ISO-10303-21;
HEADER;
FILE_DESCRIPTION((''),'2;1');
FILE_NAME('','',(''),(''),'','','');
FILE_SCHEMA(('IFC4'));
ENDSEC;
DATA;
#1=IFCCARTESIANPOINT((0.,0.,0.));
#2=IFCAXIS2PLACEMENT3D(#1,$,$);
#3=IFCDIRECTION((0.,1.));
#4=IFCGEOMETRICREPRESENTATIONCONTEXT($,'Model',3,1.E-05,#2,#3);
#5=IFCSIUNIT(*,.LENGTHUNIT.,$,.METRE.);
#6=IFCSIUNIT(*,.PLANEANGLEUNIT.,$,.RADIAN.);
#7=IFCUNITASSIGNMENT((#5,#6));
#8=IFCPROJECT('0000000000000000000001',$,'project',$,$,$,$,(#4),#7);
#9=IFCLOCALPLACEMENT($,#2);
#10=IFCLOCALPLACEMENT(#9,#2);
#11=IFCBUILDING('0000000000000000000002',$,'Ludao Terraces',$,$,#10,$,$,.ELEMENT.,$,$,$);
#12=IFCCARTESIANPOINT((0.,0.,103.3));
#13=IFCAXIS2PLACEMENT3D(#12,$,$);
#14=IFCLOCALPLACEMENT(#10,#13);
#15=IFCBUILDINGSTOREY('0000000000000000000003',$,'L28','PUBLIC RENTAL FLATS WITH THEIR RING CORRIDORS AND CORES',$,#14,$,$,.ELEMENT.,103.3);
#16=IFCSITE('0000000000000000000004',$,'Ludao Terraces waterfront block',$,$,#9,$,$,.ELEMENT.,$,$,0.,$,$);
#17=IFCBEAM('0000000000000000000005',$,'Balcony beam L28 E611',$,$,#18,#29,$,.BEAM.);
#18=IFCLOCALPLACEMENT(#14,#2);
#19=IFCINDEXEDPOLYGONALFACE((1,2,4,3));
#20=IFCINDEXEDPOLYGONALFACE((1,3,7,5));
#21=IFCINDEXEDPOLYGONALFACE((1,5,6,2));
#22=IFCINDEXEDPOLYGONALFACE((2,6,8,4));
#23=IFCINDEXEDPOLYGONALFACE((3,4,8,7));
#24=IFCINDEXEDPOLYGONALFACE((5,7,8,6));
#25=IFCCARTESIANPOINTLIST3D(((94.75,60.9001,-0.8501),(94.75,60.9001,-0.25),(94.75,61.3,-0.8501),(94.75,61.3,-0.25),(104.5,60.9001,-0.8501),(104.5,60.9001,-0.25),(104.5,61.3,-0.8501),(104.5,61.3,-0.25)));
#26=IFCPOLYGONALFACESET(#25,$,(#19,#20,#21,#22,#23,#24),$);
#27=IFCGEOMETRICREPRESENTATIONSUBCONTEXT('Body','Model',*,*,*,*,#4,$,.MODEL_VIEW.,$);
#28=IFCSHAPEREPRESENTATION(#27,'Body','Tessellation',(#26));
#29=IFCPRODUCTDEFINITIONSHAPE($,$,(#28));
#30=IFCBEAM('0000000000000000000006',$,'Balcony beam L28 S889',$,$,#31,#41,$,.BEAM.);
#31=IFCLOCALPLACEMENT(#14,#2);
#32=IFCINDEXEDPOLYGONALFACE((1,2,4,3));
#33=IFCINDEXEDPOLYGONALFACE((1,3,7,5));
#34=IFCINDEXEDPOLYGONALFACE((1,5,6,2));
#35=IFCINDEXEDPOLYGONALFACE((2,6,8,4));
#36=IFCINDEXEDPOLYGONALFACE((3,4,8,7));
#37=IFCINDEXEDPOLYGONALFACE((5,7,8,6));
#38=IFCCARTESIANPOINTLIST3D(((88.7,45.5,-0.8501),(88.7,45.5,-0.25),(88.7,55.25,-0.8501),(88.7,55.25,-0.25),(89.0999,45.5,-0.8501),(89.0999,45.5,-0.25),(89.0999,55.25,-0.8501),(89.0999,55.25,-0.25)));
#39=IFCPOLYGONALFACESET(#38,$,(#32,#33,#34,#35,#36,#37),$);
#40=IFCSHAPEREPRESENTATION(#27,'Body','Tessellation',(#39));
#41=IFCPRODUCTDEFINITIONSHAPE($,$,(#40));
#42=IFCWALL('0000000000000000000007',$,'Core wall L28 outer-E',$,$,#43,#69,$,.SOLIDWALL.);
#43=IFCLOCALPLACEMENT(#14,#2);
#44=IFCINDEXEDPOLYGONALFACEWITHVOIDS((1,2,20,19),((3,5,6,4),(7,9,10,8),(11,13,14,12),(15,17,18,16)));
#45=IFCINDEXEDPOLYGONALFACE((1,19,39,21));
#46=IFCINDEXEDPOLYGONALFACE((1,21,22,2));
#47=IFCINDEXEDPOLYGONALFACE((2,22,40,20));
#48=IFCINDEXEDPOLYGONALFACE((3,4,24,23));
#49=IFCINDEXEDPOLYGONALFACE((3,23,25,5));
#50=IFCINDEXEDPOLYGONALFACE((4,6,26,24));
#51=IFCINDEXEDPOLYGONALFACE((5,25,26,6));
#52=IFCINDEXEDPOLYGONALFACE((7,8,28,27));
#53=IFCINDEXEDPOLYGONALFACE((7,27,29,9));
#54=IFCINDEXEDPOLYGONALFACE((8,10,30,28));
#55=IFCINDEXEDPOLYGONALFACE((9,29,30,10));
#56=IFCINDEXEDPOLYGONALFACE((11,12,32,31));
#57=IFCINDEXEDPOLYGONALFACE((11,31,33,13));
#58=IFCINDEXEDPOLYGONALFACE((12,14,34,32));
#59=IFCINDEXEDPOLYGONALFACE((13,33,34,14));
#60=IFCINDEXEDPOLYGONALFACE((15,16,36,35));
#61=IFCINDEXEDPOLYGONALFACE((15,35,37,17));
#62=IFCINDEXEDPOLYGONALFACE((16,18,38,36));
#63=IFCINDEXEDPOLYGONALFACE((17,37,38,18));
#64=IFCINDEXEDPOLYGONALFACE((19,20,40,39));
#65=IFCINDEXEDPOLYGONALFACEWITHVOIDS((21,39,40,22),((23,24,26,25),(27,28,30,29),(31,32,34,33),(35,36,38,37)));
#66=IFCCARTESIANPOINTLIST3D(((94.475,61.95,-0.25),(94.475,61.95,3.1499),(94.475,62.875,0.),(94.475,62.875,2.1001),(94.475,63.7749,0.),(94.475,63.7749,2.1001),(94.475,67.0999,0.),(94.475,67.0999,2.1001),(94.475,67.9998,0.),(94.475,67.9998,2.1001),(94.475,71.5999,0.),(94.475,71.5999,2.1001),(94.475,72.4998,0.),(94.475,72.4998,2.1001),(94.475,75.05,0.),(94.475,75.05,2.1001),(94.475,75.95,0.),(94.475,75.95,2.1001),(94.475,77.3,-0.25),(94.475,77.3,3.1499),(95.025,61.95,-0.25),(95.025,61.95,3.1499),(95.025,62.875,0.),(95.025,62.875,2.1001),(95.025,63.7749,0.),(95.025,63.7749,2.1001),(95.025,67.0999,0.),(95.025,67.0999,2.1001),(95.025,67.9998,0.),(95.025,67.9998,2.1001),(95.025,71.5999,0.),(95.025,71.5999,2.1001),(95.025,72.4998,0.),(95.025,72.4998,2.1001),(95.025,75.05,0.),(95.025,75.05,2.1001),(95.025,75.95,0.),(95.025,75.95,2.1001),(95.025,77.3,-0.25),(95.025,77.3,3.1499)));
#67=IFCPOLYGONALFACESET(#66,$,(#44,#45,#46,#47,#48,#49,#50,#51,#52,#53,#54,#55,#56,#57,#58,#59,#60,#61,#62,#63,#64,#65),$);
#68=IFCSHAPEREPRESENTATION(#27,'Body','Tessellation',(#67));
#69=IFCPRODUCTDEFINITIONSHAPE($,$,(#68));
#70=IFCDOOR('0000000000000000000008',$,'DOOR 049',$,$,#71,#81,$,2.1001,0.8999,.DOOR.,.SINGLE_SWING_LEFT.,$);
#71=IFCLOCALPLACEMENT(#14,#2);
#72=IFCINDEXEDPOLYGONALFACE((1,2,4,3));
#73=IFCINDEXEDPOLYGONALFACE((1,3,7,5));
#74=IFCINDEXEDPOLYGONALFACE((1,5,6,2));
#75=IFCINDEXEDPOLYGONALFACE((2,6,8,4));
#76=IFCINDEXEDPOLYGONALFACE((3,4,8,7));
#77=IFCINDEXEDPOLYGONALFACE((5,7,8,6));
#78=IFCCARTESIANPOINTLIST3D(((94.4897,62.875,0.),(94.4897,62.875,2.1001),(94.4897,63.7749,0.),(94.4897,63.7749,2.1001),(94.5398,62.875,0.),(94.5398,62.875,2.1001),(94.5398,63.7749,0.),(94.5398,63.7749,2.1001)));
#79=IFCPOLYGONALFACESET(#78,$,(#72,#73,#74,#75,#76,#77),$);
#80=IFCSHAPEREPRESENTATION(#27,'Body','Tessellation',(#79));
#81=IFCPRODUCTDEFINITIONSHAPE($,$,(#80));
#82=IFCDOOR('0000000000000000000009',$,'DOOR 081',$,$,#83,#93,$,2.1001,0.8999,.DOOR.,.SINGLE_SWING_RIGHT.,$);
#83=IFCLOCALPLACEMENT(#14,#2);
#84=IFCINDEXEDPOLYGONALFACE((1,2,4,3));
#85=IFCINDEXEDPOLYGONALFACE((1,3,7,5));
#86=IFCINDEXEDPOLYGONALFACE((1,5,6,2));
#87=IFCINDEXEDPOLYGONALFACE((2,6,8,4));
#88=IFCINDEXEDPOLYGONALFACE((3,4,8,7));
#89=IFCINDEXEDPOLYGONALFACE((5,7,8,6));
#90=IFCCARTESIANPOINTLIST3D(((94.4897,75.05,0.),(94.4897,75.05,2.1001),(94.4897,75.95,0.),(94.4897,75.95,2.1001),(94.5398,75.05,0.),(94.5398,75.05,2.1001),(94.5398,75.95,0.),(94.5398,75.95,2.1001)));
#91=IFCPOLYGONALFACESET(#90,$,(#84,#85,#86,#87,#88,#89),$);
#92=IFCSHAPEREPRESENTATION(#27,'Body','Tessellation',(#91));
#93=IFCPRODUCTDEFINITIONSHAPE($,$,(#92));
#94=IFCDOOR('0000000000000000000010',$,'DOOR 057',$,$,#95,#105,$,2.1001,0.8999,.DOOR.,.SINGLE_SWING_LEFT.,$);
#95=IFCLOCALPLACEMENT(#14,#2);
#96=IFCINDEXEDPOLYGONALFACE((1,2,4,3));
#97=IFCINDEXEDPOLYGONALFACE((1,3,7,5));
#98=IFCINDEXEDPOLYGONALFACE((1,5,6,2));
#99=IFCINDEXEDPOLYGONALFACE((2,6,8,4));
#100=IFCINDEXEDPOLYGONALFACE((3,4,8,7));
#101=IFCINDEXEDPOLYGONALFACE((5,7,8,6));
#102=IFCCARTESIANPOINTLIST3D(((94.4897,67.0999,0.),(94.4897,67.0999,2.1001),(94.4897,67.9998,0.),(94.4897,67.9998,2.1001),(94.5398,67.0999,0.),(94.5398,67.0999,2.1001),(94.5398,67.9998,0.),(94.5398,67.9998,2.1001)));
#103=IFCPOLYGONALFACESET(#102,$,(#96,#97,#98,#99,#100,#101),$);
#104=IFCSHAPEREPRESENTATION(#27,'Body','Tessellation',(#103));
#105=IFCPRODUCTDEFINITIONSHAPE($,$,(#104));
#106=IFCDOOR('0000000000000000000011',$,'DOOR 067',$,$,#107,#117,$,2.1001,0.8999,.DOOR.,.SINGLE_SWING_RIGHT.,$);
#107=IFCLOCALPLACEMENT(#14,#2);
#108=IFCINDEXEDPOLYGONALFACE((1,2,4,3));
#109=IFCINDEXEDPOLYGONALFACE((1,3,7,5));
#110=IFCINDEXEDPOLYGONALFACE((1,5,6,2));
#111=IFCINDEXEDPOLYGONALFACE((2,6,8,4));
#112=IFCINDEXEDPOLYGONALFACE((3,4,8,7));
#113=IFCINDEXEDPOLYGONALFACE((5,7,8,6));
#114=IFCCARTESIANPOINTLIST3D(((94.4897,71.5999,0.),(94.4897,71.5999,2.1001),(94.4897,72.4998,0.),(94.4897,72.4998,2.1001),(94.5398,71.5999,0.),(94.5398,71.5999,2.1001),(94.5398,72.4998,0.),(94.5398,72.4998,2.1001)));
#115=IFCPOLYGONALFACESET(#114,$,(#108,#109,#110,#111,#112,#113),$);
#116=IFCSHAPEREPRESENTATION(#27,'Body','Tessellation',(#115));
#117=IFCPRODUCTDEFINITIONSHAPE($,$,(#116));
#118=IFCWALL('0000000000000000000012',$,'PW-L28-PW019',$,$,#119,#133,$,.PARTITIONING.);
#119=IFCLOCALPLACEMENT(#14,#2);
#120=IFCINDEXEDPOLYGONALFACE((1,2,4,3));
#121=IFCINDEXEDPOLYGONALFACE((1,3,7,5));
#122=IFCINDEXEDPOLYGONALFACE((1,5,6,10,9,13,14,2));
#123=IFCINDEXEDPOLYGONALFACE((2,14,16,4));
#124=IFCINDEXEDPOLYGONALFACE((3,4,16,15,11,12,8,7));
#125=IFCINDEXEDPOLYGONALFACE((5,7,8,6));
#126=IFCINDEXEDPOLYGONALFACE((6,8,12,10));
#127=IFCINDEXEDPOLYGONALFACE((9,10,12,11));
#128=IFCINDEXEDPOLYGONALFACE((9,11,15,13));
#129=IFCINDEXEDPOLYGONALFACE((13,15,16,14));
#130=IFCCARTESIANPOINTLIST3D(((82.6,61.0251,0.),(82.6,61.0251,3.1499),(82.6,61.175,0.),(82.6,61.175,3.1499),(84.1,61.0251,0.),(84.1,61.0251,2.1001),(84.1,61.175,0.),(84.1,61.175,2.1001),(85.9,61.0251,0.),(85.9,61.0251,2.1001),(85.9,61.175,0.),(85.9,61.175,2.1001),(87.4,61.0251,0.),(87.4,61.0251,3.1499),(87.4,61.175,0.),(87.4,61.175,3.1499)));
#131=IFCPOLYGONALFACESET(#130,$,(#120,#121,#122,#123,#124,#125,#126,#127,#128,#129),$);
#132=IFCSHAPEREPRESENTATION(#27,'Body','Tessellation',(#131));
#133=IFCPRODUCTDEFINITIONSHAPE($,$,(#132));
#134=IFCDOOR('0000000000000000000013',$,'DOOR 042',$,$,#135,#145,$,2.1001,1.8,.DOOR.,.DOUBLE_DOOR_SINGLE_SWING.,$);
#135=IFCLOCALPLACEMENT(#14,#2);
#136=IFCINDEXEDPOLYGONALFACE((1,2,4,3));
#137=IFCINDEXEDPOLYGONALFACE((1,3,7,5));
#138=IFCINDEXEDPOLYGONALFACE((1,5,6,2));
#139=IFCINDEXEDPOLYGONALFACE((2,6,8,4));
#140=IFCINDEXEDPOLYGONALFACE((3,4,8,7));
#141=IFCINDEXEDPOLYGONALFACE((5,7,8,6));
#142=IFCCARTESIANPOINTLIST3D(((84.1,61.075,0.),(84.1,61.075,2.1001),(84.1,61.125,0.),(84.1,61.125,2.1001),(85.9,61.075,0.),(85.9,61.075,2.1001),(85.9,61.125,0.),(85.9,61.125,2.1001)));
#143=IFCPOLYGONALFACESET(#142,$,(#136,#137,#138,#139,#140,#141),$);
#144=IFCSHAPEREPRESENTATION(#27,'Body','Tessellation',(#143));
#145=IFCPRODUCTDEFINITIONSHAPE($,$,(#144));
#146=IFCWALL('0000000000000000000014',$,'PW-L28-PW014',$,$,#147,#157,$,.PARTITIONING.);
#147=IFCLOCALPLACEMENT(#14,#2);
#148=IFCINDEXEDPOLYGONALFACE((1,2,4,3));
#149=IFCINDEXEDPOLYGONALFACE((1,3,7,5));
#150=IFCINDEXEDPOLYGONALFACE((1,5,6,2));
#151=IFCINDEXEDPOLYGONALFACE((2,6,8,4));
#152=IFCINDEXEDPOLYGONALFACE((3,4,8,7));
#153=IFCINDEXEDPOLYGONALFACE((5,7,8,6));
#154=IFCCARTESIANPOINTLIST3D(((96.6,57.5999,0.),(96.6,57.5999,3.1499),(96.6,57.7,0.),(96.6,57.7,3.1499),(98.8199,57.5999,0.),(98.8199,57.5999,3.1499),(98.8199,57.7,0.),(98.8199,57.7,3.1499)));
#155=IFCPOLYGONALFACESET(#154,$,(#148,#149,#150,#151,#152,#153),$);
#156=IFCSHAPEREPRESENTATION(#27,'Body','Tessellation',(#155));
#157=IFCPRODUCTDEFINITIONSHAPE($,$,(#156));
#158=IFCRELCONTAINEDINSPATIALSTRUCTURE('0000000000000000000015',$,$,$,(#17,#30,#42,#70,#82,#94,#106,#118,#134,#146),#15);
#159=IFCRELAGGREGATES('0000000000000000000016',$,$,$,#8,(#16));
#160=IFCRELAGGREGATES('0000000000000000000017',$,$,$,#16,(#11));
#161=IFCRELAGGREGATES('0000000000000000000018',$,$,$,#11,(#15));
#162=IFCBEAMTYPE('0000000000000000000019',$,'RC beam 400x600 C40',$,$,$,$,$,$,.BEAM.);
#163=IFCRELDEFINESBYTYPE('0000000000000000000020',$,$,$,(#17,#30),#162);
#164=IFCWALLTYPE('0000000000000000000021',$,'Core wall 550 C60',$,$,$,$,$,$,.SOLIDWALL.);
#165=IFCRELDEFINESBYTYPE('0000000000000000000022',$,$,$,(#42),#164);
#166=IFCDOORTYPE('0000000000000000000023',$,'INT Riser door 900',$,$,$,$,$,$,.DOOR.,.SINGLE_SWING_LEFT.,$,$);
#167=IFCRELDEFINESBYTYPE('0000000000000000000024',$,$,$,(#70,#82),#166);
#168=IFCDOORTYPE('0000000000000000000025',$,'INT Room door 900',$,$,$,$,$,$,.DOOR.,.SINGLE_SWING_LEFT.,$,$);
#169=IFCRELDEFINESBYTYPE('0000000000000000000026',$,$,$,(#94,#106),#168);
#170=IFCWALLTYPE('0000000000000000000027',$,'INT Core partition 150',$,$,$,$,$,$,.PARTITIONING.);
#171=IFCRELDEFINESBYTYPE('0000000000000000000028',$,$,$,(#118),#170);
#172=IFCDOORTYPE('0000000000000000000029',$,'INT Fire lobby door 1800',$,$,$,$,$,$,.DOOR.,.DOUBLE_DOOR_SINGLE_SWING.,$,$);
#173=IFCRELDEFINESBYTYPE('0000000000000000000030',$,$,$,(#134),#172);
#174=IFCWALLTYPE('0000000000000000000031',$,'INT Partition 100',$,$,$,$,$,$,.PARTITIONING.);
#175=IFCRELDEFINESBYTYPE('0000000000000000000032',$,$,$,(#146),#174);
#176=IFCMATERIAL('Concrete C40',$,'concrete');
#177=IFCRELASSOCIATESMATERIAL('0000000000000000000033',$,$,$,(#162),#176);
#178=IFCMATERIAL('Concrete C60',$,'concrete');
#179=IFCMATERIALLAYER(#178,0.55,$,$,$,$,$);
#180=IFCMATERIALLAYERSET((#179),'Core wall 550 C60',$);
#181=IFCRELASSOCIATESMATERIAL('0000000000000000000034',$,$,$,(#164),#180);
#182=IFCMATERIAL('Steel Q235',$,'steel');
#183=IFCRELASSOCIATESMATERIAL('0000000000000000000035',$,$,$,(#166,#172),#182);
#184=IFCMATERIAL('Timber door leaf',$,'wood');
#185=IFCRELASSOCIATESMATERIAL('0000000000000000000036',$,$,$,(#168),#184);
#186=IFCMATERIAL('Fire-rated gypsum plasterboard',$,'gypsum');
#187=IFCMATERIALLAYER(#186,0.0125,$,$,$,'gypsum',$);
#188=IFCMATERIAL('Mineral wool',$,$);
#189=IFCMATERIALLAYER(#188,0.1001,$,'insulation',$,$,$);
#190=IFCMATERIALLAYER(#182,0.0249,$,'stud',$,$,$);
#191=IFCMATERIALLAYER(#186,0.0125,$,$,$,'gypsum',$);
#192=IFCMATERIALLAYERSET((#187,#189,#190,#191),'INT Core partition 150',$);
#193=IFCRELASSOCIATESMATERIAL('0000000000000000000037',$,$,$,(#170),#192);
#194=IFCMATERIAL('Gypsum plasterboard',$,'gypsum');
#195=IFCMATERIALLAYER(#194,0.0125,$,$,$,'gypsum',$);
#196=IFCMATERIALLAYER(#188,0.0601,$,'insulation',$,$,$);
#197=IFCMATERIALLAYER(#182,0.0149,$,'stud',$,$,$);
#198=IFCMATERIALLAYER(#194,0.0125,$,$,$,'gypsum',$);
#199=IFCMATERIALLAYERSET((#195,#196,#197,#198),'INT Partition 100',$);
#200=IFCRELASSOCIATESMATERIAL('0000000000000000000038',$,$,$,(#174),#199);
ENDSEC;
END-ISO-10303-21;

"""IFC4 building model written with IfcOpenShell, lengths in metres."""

from ifc_helpers import new_model, si_unit, direction, frame, frame_2d, origin, origin_2d, place, context, subcontext, project, spatial, rectangle, extrude, material, layer, layer_set, material_profile, profile_set, type_object, element, fill, save


model = new_model("IFC4")

# Units and contexts
model_context = context("Model", 3, precision=1e-05, world=origin(), true_north=direction((0.0, 1.0)))
body_context = subcontext(model_context, "Body", "Model", "MODEL_VIEW")
ifc_project = project(units=[si_unit("LENGTHUNIT", "METRE"), si_unit("PLANEANGLEUNIT", "RADIAN")], contexts=[model_context])

# Site, building, storey
site_placement = place(None, origin())
site = spatial("IfcSite", under=ifc_project, at=site_placement, Name="Ludao Terraces waterfront block", CompositionType="ELEMENT", RefElevation=0.0)
building_placement = place(site_placement, origin())
building = spatial("IfcBuilding", under=site, at=building_placement, Name="Ludao Terraces", CompositionType="ELEMENT")
storey_placement = place(building_placement, frame((0.0, 0.0, 103.3)))
storey = spatial("IfcBuildingStorey", under=building, at=storey_placement, Name="L28", Description="PUBLIC RENTAL FLATS WITH THEIR RING CORRIDORS AND CORES", CompositionType="ELEMENT", Elevation=103.3)

# Beams
ifc_material_1 = material(Name="Concrete C40", Category="concrete")
ifc_material_profile = material_profile(ifc_material_1, rectangle(XDim=0.3999, YDim=0.6001, at=origin_2d()), Name="400 X 600")
ifc_profile_set = profile_set([ifc_material_profile], Name="Concrete C40")
beam_type = type_object("IfcBeamType", Name="RC beam 400x600 C40", PredefinedType="BEAM", material=ifc_profile_set)
for number, where, z_axis, x_axis, name in (
    (1, (94.75, 61.1001, -0.55), (1.0, 0.0, 0.0), (0.0, 1.0, 0.0), "Balcony beam L28 E611"),
    (2, (88.8999, 55.25, -0.55), (0.0, -1.0, 0.0), (1.0, 0.0, 0.0), "Balcony beam L28 S889"),
):
    element("IfcBeam", number, at=place(storey_placement, frame(where, z_axis=z_axis, x_axis=x_axis)), inside=storey, type_object=beam_type, Name=name, PredefinedType="BEAM", context=body_context, shape_type="SweptSolid", body=[
        extrude(rectangle(XDim=0.3999, YDim=0.6001, at=origin_2d()), origin(), (0.0, 0.0, 1.0), 9.75),
    ])

# Wall, openings, doors
ifc_material_2 = material(Name="Concrete C60", Category="concrete")
ifc_layer_1 = layer(ifc_material_2, 0.55)
ifc_layer_set_1 = layer_set([ifc_layer_1], Name="Core wall 550 C60")
wall_type_1 = type_object("IfcWallType", Name="Core wall 550 C60", PredefinedType="SOLIDWALL", material=ifc_layer_set_1)
wall_1_placement = place(storey_placement, frame((94.75, 61.95, -0.25), z_axis=(0.0, 0.0, 1.0), x_axis=(0.0, 1.0, 0.0)))
wall_1 = element("IfcWall", 3, at=wall_1_placement, inside=storey, type_object=wall_type_1, Name="Core wall L28 outer-E", PredefinedType="SOLIDWALL", context=body_context, shape_type="SweptSolid", body=[
    extrude(rectangle(XDim=15.3501, YDim=0.55, at=frame_2d((7.675, 0.0))), origin(), (0.0, 0.0, 1.0), 3.3999),
])
opening_1_placement = place(wall_1_placement, frame((0.925, 0.0, 0.25)))
opening_1 = element("IfcOpeningElement", 4, at=opening_1_placement, cuts=wall_1, PredefinedType="OPENING", context=body_context, shape_type="SweptSolid", body=[
    extrude(rectangle(XDim=0.8999, YDim=2.1001, at=frame_2d((0.45, 1.05))), frame((0.0, 0.2852, 0.0), z_axis=(0.0, -1.0, 0.0), x_axis=(1.0, 0.0, 0.0)), (0.0, 0.0, 1.0), 0.5701),
])
opening_2_placement = place(wall_1_placement, frame((5.1499, 0.0, 0.25)))
opening_2 = element("IfcOpeningElement", 5, at=opening_2_placement, cuts=wall_1, PredefinedType="OPENING", context=body_context, shape_type="SweptSolid", body=[
    extrude(rectangle(XDim=0.8999, YDim=2.1001, at=frame_2d((0.45, 1.05))), frame((0.0, 0.2852, 0.0), z_axis=(0.0, -1.0, 0.0), x_axis=(1.0, 0.0, 0.0)), (0.0, 0.0, 1.0), 0.5701),
])
opening_3_placement = place(wall_1_placement, frame((9.6499, 0.0, 0.25)))
opening_3 = element("IfcOpeningElement", 6, at=opening_3_placement, cuts=wall_1, PredefinedType="OPENING", context=body_context, shape_type="SweptSolid", body=[
    extrude(rectangle(XDim=0.8999, YDim=2.1001, at=frame_2d((0.45, 1.05))), frame((0.0, 0.2852, 0.0), z_axis=(0.0, -1.0, 0.0), x_axis=(1.0, 0.0, 0.0)), (0.0, 0.0, 1.0), 0.5701),
])
opening_4_placement = place(wall_1_placement, frame((13.1001, 0.0, 0.25)))
opening_4 = element("IfcOpeningElement", 7, at=opening_4_placement, cuts=wall_1, PredefinedType="OPENING", context=body_context, shape_type="SweptSolid", body=[
    extrude(rectangle(XDim=0.8999, YDim=2.1001, at=frame_2d((0.45, 1.05))), frame((0.0, 0.2852, 0.0), z_axis=(0.0, -1.0, 0.0), x_axis=(1.0, 0.0, 0.0)), (0.0, 0.0, 1.0), 0.5701),
])
ifc_material_3 = material(Name="Steel Q235", Category="steel")
door_type_1 = type_object("IfcDoorType", Name="INT Riser door 900", OperationType="SINGLE_SWING_LEFT", PredefinedType="DOOR", material=ifc_material_3)
door_1_placement = place(opening_1_placement, origin())
door_1 = element("IfcDoor", 8, at=door_1_placement, inside=storey, type_object=door_type_1, Name="DOOR 049", OperationType="SINGLE_SWING_LEFT", OverallHeight=2.1001, OverallWidth=0.8999, PredefinedType="DOOR", context=body_context, shape_type="SweptSolid", body=[
    extrude(rectangle(XDim=0.8999, YDim=2.1001, at=frame_2d((0.45, 1.05))), frame((0.0, 0.2603, 0.0), z_axis=(0.0, -1.0, 0.0), x_axis=(1.0, 0.0, 0.0)), (0.0, 0.0, 1.0), 0.05),
])
fill(opening_1, door_1)
door_2_placement = place(opening_4_placement, origin())
door_2 = element("IfcDoor", 9, at=door_2_placement, inside=storey, type_object=door_type_1, Name="DOOR 081", OperationType="SINGLE_SWING_RIGHT", OverallHeight=2.1001, OverallWidth=0.8999, PredefinedType="DOOR", context=body_context, shape_type="SweptSolid", body=[
    extrude(rectangle(XDim=0.8999, YDim=2.1001, at=frame_2d((0.45, 1.05))), frame((0.0, 0.2603, 0.0), z_axis=(0.0, -1.0, 0.0), x_axis=(1.0, 0.0, 0.0)), (0.0, 0.0, 1.0), 0.05),
])
fill(opening_4, door_2)
ifc_material_4 = material(Name="Timber door leaf", Category="wood")
door_type_2 = type_object("IfcDoorType", Name="INT Room door 900", OperationType="SINGLE_SWING_LEFT", PredefinedType="DOOR", material=ifc_material_4)
door_3_placement = place(opening_2_placement, origin())
door_3 = element("IfcDoor", 10, at=door_3_placement, inside=storey, type_object=door_type_2, Name="DOOR 057", OperationType="SINGLE_SWING_LEFT", OverallHeight=2.1001, OverallWidth=0.8999, PredefinedType="DOOR", context=body_context, shape_type="SweptSolid", body=[
    extrude(rectangle(XDim=0.8999, YDim=2.1001, at=frame_2d((0.45, 1.05))), frame((0.0, 0.2603, 0.0), z_axis=(0.0, -1.0, 0.0), x_axis=(1.0, 0.0, 0.0)), (0.0, 0.0, 1.0), 0.05),
])
fill(opening_2, door_3)
door_4_placement = place(opening_3_placement, origin())
door_4 = element("IfcDoor", 11, at=door_4_placement, inside=storey, type_object=door_type_2, Name="DOOR 067", OperationType="SINGLE_SWING_RIGHT", OverallHeight=2.1001, OverallWidth=0.8999, PredefinedType="DOOR", context=body_context, shape_type="SweptSolid", body=[
    extrude(rectangle(XDim=0.8999, YDim=2.1001, at=frame_2d((0.45, 1.05))), frame((0.0, 0.2603, 0.0), z_axis=(0.0, -1.0, 0.0), x_axis=(1.0, 0.0, 0.0)), (0.0, 0.0, 1.0), 0.05),
])
fill(opening_3, door_4)

# Wall, opening, door
ifc_material_5 = material(Name="Fire-rated gypsum plasterboard", Category="gypsum")
ifc_layer_2 = layer(ifc_material_5, 0.0125, Category="gypsum")
ifc_material_6 = material(Name="Mineral wool")
ifc_layer_3 = layer(ifc_material_6, 0.1001, Name="insulation")
ifc_layer_4 = layer(ifc_material_3, 0.0249, Name="stud")
ifc_layer_5 = layer(ifc_material_5, 0.0125, Category="gypsum")
ifc_layer_set_2 = layer_set([ifc_layer_2, ifc_layer_3, ifc_layer_4, ifc_layer_5], Name="INT Core partition 150")
wall_type_2 = type_object("IfcWallType", Name="INT Core partition 150", PredefinedType="PARTITIONING", material=ifc_layer_set_2)
wall_2_placement = place(storey_placement, frame((82.6001, 61.1001, 0.0), z_axis=(0.0, 0.0, 1.0), x_axis=(1.0, 0.0, 0.0)))
wall_2 = element("IfcWall", 12, at=wall_2_placement, inside=storey, type_object=wall_type_2, Name="PW-L28-PW019", PredefinedType="PARTITIONING", context=body_context, shape_type="SweptSolid", body=[
    extrude(rectangle(XDim=4.8, YDim=0.1499, at=frame_2d((2.3999, 0.0))), origin(), (0.0, 0.0, 1.0), 3.1499),
])
opening_5_placement = place(wall_2_placement, frame((1.5, 0.0, 0.0)))
opening_5 = element("IfcOpeningElement", 13, at=opening_5_placement, cuts=wall_2, PredefinedType="OPENING", context=body_context, shape_type="SweptSolid", body=[
    extrude(rectangle(XDim=1.8, YDim=2.1001, at=frame_2d((0.8999, 1.05))), frame((0.0, 0.085, 0.0), z_axis=(0.0, -1.0, 0.0), x_axis=(1.0, 0.0, 0.0)), (0.0, 0.0, 1.0), 0.1699),
])
door_type_3 = type_object("IfcDoorType", Name="INT Fire lobby door 1800", OperationType="DOUBLE_DOOR_SINGLE_SWING", PredefinedType="DOOR", material=ifc_material_3)
door_5_placement = place(opening_5_placement, origin())
door_5 = element("IfcDoor", 14, at=door_5_placement, inside=storey, type_object=door_type_3, Name="DOOR 042", OperationType="DOUBLE_DOOR_SINGLE_SWING", OverallHeight=2.1001, OverallWidth=1.8, PredefinedType="DOOR", context=body_context, shape_type="SweptSolid", body=[
    extrude(rectangle(XDim=1.8, YDim=2.1001, at=frame_2d((0.8999, 1.05))), frame((0.0, 0.0249, 0.0), z_axis=(0.0, -1.0, 0.0), x_axis=(1.0, 0.0, 0.0)), (0.0, 0.0, 1.0), 0.05),
])
fill(opening_5, door_5)

# Wall
ifc_material_7 = material(Name="Gypsum plasterboard", Category="gypsum")
ifc_layer_6 = layer(ifc_material_7, 0.0125, Category="gypsum")
ifc_layer_7 = layer(ifc_material_6, 0.0601, Name="insulation")
ifc_layer_8 = layer(ifc_material_3, 0.0149, Name="stud")
ifc_layer_9 = layer(ifc_material_7, 0.0125, Category="gypsum")
ifc_layer_set_3 = layer_set([ifc_layer_6, ifc_layer_7, ifc_layer_8, ifc_layer_9], Name="INT Partition 100")
wall_type_3 = type_object("IfcWallType", Name="INT Partition 100", PredefinedType="PARTITIONING", material=ifc_layer_set_3)
for number, where, z_axis, x_axis, name in (
    (15, (96.6001, 57.6499, 0.0), (0.0, 0.0, 1.0), (1.0, 0.0, 0.0), "PW-L28-PW014"),
):
    element("IfcWall", number, at=place(storey_placement, frame(where, z_axis=z_axis, x_axis=x_axis)), inside=storey, type_object=wall_type_3, Name=name, PredefinedType="PARTITIONING", context=body_context, shape_type="SweptSolid", body=[
        extrude(rectangle(XDim=2.22, YDim=0.1001, at=frame_2d((1.1099, 0.0))), origin(), (0.0, 0.0, 1.0), 3.1499),
    ])

save(model, "model.ifc")
